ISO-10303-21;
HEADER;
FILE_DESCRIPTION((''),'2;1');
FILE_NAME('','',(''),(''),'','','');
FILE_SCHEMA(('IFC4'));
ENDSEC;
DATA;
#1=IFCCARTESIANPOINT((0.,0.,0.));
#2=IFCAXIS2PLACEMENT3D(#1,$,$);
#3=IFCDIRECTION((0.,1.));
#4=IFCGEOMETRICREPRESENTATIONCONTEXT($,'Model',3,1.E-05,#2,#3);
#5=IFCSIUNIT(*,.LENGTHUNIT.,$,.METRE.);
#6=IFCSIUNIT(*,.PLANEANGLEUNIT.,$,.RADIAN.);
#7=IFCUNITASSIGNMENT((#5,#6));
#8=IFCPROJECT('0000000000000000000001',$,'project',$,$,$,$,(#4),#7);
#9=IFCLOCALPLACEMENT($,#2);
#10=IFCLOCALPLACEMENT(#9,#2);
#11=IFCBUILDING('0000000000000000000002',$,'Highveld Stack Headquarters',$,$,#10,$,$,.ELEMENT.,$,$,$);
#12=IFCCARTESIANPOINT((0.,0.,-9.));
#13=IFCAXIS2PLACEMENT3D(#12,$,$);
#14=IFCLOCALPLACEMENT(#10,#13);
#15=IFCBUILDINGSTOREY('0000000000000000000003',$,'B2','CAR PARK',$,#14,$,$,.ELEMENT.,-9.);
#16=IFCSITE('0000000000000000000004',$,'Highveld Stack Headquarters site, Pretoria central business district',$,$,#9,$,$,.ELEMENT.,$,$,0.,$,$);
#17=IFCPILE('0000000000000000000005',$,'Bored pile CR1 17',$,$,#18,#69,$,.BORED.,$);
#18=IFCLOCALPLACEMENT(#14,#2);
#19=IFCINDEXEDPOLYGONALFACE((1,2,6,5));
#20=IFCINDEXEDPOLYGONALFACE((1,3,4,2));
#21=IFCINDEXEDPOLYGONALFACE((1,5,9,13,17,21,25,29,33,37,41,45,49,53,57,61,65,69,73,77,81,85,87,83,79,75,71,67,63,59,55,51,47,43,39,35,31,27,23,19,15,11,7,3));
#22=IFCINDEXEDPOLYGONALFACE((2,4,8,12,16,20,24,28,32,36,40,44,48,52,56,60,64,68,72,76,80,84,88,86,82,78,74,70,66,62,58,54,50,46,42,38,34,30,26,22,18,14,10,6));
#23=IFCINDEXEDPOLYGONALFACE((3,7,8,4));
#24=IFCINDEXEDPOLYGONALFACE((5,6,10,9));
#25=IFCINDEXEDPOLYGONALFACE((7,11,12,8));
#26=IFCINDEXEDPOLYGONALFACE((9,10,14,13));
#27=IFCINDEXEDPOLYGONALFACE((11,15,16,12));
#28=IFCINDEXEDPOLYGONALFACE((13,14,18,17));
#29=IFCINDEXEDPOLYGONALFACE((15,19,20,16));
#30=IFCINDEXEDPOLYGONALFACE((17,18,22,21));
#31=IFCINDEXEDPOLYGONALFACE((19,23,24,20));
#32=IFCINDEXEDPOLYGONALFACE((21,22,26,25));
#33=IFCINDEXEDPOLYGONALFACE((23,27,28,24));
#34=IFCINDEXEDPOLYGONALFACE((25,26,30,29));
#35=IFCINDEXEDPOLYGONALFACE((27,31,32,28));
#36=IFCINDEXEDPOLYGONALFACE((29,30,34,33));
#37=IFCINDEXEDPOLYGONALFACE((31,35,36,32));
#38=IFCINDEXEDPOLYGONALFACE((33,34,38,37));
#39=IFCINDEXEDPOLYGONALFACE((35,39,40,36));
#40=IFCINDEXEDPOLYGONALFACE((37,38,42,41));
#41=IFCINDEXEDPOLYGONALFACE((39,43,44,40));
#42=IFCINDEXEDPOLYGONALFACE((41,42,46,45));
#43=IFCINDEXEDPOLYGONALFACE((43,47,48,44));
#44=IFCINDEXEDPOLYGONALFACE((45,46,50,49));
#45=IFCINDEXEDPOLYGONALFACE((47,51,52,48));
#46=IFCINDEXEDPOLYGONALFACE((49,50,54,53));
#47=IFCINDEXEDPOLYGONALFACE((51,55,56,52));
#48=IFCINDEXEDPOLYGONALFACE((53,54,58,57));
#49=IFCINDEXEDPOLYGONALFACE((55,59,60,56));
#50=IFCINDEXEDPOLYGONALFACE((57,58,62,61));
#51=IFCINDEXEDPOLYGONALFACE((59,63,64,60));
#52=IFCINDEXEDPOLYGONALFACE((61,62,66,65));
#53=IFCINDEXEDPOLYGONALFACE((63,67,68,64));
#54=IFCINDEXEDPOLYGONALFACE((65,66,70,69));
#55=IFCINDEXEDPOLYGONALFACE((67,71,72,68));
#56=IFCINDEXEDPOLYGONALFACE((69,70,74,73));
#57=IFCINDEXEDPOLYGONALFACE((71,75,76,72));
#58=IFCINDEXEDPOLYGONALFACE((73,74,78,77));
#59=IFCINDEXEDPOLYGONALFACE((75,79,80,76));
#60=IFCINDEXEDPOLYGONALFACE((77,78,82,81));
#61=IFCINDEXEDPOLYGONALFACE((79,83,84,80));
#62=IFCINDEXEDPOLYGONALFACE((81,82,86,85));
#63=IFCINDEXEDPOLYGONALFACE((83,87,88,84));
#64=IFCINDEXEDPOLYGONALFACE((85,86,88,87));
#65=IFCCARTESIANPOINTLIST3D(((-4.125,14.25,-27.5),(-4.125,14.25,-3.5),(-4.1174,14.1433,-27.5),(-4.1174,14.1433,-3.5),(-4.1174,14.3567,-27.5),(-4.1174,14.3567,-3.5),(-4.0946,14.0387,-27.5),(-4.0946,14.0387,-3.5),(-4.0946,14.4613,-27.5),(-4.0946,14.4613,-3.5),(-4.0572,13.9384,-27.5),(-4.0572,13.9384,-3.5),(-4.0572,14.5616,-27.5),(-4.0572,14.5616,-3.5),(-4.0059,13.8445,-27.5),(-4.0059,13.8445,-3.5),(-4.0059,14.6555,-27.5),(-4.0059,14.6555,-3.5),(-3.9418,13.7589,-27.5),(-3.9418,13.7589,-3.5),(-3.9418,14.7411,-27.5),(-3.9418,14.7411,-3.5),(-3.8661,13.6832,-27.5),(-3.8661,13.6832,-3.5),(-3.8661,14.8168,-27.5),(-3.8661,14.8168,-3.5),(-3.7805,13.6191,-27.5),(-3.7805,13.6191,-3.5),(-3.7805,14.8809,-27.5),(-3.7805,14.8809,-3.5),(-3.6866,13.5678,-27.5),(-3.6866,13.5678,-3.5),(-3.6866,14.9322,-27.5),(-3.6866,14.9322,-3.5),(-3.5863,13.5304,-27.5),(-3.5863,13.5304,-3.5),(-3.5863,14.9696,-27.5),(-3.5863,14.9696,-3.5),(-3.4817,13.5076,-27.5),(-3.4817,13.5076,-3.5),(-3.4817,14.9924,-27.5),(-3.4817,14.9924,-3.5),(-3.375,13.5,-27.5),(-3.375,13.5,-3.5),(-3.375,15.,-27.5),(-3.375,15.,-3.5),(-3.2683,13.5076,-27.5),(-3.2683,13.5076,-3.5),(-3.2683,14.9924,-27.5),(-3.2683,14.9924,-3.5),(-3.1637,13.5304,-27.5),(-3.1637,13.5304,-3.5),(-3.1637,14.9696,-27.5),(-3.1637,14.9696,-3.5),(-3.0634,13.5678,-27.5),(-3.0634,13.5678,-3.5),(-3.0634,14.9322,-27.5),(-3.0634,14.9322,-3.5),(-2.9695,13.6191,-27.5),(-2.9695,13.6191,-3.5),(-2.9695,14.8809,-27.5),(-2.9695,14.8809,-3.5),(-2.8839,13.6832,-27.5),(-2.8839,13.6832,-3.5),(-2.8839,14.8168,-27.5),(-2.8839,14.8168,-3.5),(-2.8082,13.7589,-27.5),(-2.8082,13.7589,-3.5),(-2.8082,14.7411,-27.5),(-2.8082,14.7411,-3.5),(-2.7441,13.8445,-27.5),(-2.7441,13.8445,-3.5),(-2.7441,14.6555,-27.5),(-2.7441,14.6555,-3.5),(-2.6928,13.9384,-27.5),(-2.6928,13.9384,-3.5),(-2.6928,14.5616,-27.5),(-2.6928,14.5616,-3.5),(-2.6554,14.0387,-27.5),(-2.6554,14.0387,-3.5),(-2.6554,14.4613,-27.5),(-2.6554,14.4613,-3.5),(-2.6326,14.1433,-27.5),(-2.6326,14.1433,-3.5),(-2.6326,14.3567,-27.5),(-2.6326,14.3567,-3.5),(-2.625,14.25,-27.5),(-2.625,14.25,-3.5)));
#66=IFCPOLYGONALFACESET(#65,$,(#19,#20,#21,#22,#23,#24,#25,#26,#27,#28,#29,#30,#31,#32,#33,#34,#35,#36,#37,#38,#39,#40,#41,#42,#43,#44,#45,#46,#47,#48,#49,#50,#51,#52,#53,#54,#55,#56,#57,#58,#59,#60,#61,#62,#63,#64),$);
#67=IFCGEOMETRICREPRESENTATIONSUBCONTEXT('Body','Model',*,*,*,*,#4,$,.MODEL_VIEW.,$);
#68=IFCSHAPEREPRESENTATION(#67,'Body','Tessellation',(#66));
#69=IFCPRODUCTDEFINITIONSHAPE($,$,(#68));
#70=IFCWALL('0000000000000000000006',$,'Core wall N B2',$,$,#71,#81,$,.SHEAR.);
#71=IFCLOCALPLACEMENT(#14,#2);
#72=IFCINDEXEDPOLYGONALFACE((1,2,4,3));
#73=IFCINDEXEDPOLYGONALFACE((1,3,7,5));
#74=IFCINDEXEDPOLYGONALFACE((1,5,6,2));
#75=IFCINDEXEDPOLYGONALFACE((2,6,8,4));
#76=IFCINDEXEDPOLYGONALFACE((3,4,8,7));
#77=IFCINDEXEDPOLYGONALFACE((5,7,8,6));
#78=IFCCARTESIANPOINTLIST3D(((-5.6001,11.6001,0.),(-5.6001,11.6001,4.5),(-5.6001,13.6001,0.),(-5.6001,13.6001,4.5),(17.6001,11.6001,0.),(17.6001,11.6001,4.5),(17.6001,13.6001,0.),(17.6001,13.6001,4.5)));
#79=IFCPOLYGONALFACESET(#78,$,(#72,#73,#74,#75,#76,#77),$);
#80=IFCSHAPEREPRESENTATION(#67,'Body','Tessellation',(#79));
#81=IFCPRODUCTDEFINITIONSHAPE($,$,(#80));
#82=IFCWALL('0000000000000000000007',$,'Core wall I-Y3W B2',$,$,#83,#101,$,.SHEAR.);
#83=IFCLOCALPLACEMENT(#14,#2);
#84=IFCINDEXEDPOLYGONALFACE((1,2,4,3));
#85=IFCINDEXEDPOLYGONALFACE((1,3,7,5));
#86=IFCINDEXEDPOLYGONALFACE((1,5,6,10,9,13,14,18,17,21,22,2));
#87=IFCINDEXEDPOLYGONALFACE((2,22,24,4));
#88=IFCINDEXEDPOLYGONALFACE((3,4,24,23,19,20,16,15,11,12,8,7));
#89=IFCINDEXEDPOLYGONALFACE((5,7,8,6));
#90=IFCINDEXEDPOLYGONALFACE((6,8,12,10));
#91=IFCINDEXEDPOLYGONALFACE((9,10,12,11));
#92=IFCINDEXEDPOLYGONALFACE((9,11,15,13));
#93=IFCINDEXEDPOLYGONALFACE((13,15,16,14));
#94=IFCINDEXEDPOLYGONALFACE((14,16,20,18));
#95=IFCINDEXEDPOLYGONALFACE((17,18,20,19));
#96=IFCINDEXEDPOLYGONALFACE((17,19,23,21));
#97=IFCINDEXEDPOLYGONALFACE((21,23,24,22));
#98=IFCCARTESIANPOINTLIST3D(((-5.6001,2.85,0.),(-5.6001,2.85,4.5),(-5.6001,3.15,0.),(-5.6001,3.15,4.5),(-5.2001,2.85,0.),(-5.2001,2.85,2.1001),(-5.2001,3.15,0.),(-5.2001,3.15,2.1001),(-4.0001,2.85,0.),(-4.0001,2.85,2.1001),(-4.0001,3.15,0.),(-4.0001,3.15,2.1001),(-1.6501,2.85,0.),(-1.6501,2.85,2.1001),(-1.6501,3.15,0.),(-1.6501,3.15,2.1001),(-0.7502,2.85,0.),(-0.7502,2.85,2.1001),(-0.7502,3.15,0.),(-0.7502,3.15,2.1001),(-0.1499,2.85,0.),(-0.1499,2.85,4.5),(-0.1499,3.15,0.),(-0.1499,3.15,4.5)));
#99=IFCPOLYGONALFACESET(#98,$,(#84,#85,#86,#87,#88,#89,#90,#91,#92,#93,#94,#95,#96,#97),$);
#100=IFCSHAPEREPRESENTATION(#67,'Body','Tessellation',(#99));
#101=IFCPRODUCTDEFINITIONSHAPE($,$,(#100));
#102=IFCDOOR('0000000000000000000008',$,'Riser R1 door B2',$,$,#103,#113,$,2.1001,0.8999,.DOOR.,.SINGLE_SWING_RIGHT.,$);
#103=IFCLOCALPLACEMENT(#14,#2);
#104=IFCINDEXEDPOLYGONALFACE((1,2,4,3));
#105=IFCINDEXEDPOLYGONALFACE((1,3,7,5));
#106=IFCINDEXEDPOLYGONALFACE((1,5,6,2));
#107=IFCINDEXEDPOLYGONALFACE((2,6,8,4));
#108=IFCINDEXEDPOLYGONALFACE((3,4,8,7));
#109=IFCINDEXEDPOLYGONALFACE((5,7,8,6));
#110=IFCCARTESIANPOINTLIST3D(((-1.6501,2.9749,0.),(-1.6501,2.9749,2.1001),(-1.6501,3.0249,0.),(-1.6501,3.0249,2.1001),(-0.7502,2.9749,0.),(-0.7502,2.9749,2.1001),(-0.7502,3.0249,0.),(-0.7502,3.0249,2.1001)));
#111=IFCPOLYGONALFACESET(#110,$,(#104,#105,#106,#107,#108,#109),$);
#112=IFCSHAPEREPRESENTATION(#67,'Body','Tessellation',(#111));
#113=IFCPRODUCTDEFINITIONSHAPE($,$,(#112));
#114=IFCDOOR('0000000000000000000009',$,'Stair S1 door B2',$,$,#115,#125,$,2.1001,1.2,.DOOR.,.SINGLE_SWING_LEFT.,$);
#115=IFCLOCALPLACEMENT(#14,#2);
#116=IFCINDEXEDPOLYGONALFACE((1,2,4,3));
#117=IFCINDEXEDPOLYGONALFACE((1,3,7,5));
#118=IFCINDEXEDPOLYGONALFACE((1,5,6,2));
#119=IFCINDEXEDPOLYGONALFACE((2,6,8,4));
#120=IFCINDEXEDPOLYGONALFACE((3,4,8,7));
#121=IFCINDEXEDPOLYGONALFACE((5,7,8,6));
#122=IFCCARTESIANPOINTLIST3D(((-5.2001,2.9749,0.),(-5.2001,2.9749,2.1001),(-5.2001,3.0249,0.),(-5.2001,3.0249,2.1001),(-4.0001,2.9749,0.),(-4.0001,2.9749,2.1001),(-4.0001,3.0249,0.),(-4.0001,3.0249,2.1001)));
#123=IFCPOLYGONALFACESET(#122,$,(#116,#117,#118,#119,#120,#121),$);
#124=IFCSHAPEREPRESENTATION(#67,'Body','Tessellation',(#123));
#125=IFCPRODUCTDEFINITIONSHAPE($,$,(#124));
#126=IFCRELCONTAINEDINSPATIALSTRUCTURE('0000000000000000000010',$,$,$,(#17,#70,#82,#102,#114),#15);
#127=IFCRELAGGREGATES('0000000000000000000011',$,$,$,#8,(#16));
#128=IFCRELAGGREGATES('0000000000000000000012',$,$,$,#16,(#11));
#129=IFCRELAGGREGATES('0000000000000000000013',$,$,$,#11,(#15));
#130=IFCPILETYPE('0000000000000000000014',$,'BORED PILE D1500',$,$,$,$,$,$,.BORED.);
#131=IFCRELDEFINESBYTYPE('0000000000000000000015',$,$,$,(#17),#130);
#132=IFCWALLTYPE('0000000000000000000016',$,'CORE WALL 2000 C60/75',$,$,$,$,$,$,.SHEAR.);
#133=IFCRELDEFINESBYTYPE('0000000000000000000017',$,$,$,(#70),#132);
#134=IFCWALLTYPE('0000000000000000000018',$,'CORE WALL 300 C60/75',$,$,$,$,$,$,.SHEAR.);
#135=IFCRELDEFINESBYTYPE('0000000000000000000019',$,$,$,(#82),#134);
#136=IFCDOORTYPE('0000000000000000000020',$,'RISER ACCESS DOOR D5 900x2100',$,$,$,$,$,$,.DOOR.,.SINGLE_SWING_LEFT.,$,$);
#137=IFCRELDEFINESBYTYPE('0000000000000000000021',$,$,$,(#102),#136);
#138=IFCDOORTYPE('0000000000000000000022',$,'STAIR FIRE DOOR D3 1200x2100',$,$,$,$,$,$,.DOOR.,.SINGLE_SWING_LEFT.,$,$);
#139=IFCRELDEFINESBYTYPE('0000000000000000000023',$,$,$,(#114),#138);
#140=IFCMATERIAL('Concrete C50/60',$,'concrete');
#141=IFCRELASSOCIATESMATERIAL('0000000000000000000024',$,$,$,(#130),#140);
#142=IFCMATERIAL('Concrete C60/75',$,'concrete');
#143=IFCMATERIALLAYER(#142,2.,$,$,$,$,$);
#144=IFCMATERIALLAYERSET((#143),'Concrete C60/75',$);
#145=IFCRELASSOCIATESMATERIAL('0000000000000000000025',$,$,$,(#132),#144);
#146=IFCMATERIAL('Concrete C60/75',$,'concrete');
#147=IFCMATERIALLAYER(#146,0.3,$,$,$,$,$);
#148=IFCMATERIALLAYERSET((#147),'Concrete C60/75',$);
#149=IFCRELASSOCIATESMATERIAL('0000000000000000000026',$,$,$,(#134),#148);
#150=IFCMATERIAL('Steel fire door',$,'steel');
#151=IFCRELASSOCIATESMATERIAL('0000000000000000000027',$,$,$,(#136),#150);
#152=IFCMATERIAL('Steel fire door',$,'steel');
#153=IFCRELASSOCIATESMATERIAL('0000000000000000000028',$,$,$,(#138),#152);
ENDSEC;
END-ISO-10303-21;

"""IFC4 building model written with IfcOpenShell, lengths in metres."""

from ifc_helpers import new_model, si_unit, direction, frame, frame_2d, origin, origin_2d, place, context, subcontext, project, spatial, rectangle, circle, extrude, material, layer, layer_set, type_object, element, fill, save


model = new_model("IFC4")

# Units and contexts
model_context = context("Model", 3, precision=1e-05, world=origin(), true_north=direction((0.0, 1.0)))
body_context = subcontext(model_context, "Body", "Model", "MODEL_VIEW")
ifc_project = project(units=[si_unit("LENGTHUNIT", "METRE"), si_unit("PLANEANGLEUNIT", "RADIAN")], contexts=[model_context])

# Site, building, storey
site_placement = place(None, origin())
site = spatial("IfcSite", under=ifc_project, at=site_placement, Name="Highveld Stack Headquarters site, Pretoria central business district", CompositionType="ELEMENT", RefElevation=0.0)
building_placement = place(site_placement, origin())
building = spatial("IfcBuilding", under=site, at=building_placement, Name="Highveld Stack Headquarters", CompositionType="ELEMENT")
storey_placement = place(building_placement, frame((0.0, 0.0, -9.0)))
storey = spatial("IfcBuildingStorey", under=building, at=storey_placement, Name="B2", Description="CAR PARK", CompositionType="ELEMENT", Elevation=-9.0)

# Pile
ifc_material_1 = material(Name="Concrete C50/60", Category="concrete")
pile_type = type_object("IfcPileType", Name="BORED PILE D1500", PredefinedType="BORED", material=ifc_material_1)
for number, where, z_axis, x_axis, name in (
    (1, (-3.375, 14.25, -3.5), (0.0, 0.0, -1.0), (1.0, 0.0, 0.0), "Bored pile CR1 17"),
):
    element("IfcPile", number, at=place(storey_placement, frame(where, z_axis=z_axis, x_axis=x_axis)), inside=storey, type_object=pile_type, Name=name, PredefinedType="BORED", context=body_context, shape_type="SweptSolid", body=[
        extrude(circle(Radius=0.75, at=origin_2d()), origin(), (0.0, 0.0, 1.0), 24.0),
    ])

# Wall
ifc_material_2 = material(Name="Concrete C60/75", Category="concrete")
ifc_layer_1 = layer(ifc_material_2, 2.0)
ifc_layer_set_1 = layer_set([ifc_layer_1], Name="Concrete C60/75")
wall_type_1 = type_object("IfcWallType", Name="CORE WALL 2000 C60/75", PredefinedType="SHEAR", material=ifc_layer_set_1)
wall_1_placement = place(storey_placement, frame((-5.6001, 12.6001, 0.0), z_axis=(0.0, 0.0, 1.0), x_axis=(1.0, 0.0, 0.0)))
element("IfcWall", 2, at=wall_1_placement, inside=storey, type_object=wall_type_1, Name="Core wall N B2", PredefinedType="SHEAR", context=body_context, shape_type="SweptSolid", body=[
    extrude(rectangle(XDim=23.2002, YDim=2.0, at=frame_2d((11.6001, 0.0))), origin(), (0.0, 0.0, 1.0), 4.5),
])

# Wall, openings, doors
ifc_material_3 = material(Name="Concrete C60/75", Category="concrete")
ifc_layer_2 = layer(ifc_material_3, 0.3)
ifc_layer_set_2 = layer_set([ifc_layer_2], Name="Concrete C60/75")
wall_type_2 = type_object("IfcWallType", Name="CORE WALL 300 C60/75", PredefinedType="SHEAR", material=ifc_layer_set_2)
wall_2_placement = place(storey_placement, frame((-5.6001, 3.0, 0.0), z_axis=(0.0, 0.0, 1.0), x_axis=(1.0, 0.0, 0.0)))
wall_2 = element("IfcWall", 3, at=wall_2_placement, inside=storey, type_object=wall_type_2, Name="Core wall I-Y3W B2", PredefinedType="SHEAR", context=body_context, shape_type="SweptSolid", body=[
    extrude(rectangle(XDim=5.4502, YDim=0.3, at=frame_2d((2.7251, 0.0))), origin(), (0.0, 0.0, 1.0), 4.5),
])
opening_1_placement = place(wall_2_placement, frame((0.3999, 0.0, 0.0)))
opening_1 = element("IfcOpeningElement", 4, at=opening_1_placement, cuts=wall_2, PredefinedType="OPENING", context=body_context, shape_type="SweptSolid", body=[
    extrude(rectangle(XDim=1.2, YDim=2.1001, at=frame_2d((0.6001, 1.05))), frame((0.0, 0.1599, 0.0), z_axis=(0.0, -1.0, 0.0), x_axis=(1.0, 0.0, 0.0)), (0.0, 0.0, 1.0), 0.3201),
])
opening_2_placement = place(wall_2_placement, frame((3.95, 0.0, 0.0)))
opening_2 = element("IfcOpeningElement", 5, at=opening_2_placement, cuts=wall_2, PredefinedType="OPENING", context=body_context, shape_type="SweptSolid", body=[
    extrude(rectangle(XDim=0.8999, YDim=2.1001, at=frame_2d((0.45, 1.05))), frame((0.0, 0.1599, 0.0), z_axis=(0.0, -1.0, 0.0), x_axis=(1.0, 0.0, 0.0)), (0.0, 0.0, 1.0), 0.3201),
])
ifc_material_4 = material(Name="Steel fire door", Category="steel")
door_type_1 = type_object("IfcDoorType", Name="RISER ACCESS DOOR D5 900x2100", OperationType="SINGLE_SWING_LEFT", PredefinedType="DOOR", material=ifc_material_4)
door_1_placement = place(opening_2_placement, origin())
door_1 = element("IfcDoor", 6, at=door_1_placement, inside=storey, type_object=door_type_1, Name="Riser R1 door B2", OperationType="SINGLE_SWING_RIGHT", OverallHeight=2.1001, OverallWidth=0.8999, PredefinedType="DOOR", context=body_context, shape_type="SweptSolid", body=[
    extrude(rectangle(XDim=0.8999, YDim=2.1001, at=frame_2d((0.45, 1.05))), frame((0.0, 0.0249, 0.0), z_axis=(0.0, -1.0, 0.0), x_axis=(1.0, 0.0, 0.0)), (0.0, 0.0, 1.0), 0.05),
])
fill(opening_2, door_1)
ifc_material_5 = material(Name="Steel fire door", Category="steel")
door_type_2 = type_object("IfcDoorType", Name="STAIR FIRE DOOR D3 1200x2100", OperationType="SINGLE_SWING_LEFT", PredefinedType="DOOR", material=ifc_material_5)
door_2_placement = place(opening_1_placement, origin())
door_2 = element("IfcDoor", 7, at=door_2_placement, inside=storey, type_object=door_type_2, Name="Stair S1 door B2", OperationType="SINGLE_SWING_LEFT", OverallHeight=2.1001, OverallWidth=1.2, PredefinedType="DOOR", context=body_context, shape_type="SweptSolid", body=[
    extrude(rectangle(XDim=1.2, YDim=2.1001, at=frame_2d((0.6001, 1.05))), frame((0.0, 0.0249, 0.0), z_axis=(0.0, -1.0, 0.0), x_axis=(1.0, 0.0, 0.0)), (0.0, 0.0, 1.0), 0.05),
])
fill(opening_1, door_2)

save(model, "model.ifc")
